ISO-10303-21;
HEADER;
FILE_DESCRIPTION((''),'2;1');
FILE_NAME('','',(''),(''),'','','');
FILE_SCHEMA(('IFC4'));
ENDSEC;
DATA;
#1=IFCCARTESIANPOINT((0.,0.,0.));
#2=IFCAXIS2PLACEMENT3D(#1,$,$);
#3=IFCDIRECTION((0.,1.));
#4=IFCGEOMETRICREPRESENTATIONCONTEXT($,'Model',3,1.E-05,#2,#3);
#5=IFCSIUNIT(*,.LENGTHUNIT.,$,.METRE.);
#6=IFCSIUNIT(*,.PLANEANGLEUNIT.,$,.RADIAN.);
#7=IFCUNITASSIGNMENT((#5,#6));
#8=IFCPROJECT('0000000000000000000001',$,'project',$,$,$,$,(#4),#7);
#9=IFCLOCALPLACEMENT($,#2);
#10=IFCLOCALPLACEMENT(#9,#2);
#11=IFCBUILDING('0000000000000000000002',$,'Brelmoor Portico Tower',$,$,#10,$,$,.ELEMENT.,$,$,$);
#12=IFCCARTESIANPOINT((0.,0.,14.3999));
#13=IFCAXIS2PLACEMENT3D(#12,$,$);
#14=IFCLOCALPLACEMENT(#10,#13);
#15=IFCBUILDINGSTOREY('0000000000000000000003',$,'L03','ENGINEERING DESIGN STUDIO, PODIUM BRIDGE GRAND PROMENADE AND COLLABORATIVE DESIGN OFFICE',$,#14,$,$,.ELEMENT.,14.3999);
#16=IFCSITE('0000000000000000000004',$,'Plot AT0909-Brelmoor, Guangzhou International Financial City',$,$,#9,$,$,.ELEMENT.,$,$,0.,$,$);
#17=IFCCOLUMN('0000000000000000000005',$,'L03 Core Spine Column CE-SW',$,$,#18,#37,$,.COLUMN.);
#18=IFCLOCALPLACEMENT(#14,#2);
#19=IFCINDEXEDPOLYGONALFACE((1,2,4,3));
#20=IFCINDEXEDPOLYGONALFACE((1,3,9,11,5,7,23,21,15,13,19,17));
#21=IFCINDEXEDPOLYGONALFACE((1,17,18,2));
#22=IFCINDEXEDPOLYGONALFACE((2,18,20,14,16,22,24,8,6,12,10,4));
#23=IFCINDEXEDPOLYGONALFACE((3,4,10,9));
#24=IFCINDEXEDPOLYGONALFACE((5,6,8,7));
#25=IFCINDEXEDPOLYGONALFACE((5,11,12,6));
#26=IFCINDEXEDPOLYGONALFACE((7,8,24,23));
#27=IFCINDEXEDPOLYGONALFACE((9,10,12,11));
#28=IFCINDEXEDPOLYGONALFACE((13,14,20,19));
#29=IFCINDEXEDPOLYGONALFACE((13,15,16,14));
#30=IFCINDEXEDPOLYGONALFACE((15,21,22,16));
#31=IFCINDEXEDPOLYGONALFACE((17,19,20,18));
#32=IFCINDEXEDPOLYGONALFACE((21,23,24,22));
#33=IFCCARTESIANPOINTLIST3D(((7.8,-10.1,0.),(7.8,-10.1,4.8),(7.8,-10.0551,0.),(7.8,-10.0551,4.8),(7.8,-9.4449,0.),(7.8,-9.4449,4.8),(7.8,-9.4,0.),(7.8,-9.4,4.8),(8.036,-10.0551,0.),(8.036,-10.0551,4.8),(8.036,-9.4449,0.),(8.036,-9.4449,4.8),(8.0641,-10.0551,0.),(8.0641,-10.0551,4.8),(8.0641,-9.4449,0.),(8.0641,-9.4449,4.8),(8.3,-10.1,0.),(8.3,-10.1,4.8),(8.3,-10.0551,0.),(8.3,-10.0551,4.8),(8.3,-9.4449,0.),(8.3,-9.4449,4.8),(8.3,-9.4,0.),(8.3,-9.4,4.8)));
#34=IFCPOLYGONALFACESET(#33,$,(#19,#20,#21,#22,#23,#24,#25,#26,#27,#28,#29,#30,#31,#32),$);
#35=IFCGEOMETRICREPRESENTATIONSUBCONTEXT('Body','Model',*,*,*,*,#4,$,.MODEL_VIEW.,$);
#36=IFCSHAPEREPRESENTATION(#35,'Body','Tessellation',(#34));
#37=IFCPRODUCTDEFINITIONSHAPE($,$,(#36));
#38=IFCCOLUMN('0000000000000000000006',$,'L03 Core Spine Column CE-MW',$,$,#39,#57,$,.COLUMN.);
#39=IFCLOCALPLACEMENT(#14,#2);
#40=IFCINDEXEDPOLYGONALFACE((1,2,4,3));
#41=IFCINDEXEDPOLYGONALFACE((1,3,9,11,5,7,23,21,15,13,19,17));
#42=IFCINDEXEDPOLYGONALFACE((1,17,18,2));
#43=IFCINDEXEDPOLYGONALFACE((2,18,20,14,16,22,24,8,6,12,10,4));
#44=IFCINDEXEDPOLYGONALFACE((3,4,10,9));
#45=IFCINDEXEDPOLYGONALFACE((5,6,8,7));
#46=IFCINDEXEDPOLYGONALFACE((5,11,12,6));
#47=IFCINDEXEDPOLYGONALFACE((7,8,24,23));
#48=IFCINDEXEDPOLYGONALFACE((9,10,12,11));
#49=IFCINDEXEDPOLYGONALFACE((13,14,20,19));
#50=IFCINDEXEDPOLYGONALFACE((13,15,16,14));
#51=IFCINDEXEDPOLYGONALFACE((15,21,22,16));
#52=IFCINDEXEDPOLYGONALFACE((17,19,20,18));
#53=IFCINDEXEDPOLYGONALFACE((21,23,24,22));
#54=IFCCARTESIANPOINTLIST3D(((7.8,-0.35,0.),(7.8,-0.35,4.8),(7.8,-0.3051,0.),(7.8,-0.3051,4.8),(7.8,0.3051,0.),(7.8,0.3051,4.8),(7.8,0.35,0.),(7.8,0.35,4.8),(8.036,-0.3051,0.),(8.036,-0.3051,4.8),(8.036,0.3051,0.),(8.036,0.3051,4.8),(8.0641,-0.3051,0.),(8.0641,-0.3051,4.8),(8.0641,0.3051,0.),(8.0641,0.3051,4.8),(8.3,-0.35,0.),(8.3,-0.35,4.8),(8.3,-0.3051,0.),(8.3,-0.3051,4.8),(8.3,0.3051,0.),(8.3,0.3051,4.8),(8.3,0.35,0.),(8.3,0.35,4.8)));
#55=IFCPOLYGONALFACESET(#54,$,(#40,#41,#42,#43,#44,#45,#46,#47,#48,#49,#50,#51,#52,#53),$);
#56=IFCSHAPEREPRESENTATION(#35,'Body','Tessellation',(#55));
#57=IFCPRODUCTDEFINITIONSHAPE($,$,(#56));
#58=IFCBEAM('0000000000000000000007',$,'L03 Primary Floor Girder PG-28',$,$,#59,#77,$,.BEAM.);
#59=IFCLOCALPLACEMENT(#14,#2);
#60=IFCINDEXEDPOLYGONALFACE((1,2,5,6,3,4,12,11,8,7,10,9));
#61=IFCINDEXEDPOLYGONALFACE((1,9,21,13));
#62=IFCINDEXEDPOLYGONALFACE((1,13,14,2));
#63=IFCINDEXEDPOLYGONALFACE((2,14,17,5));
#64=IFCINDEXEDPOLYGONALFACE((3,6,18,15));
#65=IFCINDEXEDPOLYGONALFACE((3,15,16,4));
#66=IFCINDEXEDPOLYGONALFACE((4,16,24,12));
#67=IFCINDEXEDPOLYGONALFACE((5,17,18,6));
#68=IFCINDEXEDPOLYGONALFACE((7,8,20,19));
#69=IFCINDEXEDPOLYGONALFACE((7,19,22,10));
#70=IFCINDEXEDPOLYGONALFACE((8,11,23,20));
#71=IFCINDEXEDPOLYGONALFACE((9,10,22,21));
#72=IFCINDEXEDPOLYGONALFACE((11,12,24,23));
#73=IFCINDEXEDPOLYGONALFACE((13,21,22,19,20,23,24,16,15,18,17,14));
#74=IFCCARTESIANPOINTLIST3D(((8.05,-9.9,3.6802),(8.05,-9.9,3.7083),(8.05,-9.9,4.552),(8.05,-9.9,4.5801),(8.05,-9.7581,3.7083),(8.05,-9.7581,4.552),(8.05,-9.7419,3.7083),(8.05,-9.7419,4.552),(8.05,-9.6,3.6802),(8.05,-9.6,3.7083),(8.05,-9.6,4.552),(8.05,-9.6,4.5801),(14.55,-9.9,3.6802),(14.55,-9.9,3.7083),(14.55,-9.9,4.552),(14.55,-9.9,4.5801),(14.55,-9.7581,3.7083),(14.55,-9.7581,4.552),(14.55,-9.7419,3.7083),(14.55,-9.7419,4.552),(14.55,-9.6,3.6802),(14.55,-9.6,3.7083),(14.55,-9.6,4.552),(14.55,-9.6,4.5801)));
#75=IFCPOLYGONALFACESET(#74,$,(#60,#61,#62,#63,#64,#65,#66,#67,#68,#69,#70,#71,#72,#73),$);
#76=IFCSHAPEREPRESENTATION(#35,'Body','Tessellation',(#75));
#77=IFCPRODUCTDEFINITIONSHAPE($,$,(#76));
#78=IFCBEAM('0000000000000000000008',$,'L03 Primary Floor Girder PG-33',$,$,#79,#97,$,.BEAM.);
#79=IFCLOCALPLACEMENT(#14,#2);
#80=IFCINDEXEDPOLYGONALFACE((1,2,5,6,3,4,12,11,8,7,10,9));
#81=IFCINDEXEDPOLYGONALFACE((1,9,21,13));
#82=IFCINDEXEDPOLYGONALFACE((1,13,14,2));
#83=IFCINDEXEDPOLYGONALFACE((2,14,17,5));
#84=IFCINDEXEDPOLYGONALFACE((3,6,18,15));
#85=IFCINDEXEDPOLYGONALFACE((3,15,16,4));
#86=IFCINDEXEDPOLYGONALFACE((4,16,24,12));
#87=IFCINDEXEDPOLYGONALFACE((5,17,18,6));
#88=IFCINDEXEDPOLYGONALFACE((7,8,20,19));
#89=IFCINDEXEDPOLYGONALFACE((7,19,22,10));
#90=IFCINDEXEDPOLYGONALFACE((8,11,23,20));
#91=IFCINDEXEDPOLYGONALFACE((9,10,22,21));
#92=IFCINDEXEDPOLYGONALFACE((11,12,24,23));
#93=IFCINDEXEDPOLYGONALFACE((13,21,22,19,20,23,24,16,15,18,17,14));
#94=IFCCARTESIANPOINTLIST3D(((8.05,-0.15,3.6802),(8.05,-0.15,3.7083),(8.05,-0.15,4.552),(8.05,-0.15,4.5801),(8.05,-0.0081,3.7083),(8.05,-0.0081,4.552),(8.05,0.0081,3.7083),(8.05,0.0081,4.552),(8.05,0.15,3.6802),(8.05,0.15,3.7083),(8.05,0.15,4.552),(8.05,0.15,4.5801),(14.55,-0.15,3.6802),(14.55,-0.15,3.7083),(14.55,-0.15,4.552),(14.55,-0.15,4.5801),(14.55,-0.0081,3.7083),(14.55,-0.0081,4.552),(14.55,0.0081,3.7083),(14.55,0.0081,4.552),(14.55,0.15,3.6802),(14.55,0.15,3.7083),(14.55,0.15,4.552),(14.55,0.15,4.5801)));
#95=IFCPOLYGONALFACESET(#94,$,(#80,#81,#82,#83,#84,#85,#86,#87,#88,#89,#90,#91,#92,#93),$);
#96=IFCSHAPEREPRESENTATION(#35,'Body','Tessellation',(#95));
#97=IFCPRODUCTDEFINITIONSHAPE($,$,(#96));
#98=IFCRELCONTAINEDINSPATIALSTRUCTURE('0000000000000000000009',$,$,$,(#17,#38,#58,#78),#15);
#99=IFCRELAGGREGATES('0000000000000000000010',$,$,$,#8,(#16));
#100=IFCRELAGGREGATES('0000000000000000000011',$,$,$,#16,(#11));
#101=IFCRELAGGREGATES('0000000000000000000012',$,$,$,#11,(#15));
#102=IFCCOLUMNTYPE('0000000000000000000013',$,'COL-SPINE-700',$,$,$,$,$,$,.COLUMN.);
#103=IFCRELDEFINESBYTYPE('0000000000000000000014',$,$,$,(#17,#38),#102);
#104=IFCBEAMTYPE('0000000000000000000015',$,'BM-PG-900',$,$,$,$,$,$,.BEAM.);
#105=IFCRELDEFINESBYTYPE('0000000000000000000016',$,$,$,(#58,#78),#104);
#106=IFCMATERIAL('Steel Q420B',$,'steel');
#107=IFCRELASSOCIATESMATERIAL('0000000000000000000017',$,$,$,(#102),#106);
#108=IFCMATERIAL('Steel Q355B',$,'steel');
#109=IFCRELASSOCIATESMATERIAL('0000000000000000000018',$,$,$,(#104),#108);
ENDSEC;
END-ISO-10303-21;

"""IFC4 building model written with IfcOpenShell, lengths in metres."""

from ifc_helpers import new_model, si_unit, direction, frame, origin, origin_2d, place, context, subcontext, project, spatial, i_section, extrude, material, material_profile, profile_set, type_object, element, save


model = new_model("IFC4")

# Units and contexts
model_context = context("Model", 3, precision=1e-05, world=origin(), true_north=direction((0.0, 1.0)))
body_context = subcontext(model_context, "Body", "Model", "MODEL_VIEW")
ifc_project = project(units=[si_unit("LENGTHUNIT", "METRE"), si_unit("PLANEANGLEUNIT", "RADIAN")], contexts=[model_context])

# Site, building, storey
site_placement = place(None, origin())
site = spatial("IfcSite", under=ifc_project, at=site_placement, Name="Plot AT0909-Brelmoor, Guangzhou International Financial City", CompositionType="ELEMENT", RefElevation=0.0)
building_placement = place(site_placement, origin())
building = spatial("IfcBuilding", under=site, at=building_placement, Name="Brelmoor Portico Tower", CompositionType="ELEMENT")
storey_placement = place(building_placement, frame((0.0, 0.0, 14.3999)))
storey = spatial("IfcBuildingStorey", under=building, at=storey_placement, Name="L03", Description="ENGINEERING DESIGN STUDIO, PODIUM BRIDGE GRAND PROMENADE AND COLLABORATIVE DESIGN OFFICE", CompositionType="ELEMENT", Elevation=14.3999)

# Columns
ifc_material_1 = material(Name="Steel Q420B", Category="steel")
ifc_material_profile_1 = material_profile(ifc_material_1, i_section(OverallWidth=0.5, OverallDepth=0.7, WebThickness=0.0281, FlangeThickness=0.0449, at=origin_2d()), Name="HW 700x500x28x45")
ifc_profile_set_1 = profile_set([ifc_material_profile_1], Name="Steel Q420B")
column_type = type_object("IfcColumnType", Name="COL-SPINE-700", PredefinedType="COLUMN", material=ifc_profile_set_1)
for number, where, z_axis, x_axis, name in (
    (1, (8.05, -9.75, 0.0), (0.0, 0.0, 1.0), (1.0, 0.0, 0.0), "L03 Core Spine Column CE-SW"),
    (2, (8.05, 0.0, 0.0), (0.0, 0.0, 1.0), (1.0, 0.0, 0.0), "L03 Core Spine Column CE-MW"),
):
    element("IfcColumn", number, at=place(storey_placement, frame(where, z_axis=z_axis, x_axis=x_axis)), inside=storey, type_object=column_type, Name=name, PredefinedType="COLUMN", context=body_context, shape_type="SweptSolid", body=[
        extrude(i_section(OverallWidth=0.5, OverallDepth=0.7, WebThickness=0.0281, FlangeThickness=0.0449, at=origin_2d()), origin(), (0.0, 0.0, 1.0), 4.8),
    ])

# Beams
ifc_material_2 = material(Name="Steel Q355B", Category="steel")
ifc_material_profile_2 = material_profile(ifc_material_2, i_section(OverallWidth=0.3, OverallDepth=0.8999, WebThickness=0.0161, FlangeThickness=0.0281, at=origin_2d()), Name="HN 900x300x16x28")
ifc_profile_set_2 = profile_set([ifc_material_profile_2], Name="Steel Q355B")
beam_type = type_object("IfcBeamType", Name="BM-PG-900", PredefinedType="BEAM", material=ifc_profile_set_2)
for number, where, z_axis, x_axis, name in (
    (3, (8.05, -9.75, 4.1301), (1.0, 0.0, 0.0), (0.0, 1.0, 0.0), "L03 Primary Floor Girder PG-28"),
    (4, (8.05, 0.0, 4.1301), (1.0, 0.0, 0.0), (0.0, 1.0, 0.0), "L03 Primary Floor Girder PG-33"),
):
    element("IfcBeam", number, at=place(storey_placement, frame(where, z_axis=z_axis, x_axis=x_axis)), inside=storey, type_object=beam_type, Name=name, PredefinedType="BEAM", context=body_context, shape_type="SweptSolid", body=[
        extrude(i_section(OverallWidth=0.3, OverallDepth=0.8999, WebThickness=0.0161, FlangeThickness=0.0281, at=origin_2d()), origin(), (0.0, 0.0, 1.0), 6.5),
    ])

save(model, "model.ifc")
